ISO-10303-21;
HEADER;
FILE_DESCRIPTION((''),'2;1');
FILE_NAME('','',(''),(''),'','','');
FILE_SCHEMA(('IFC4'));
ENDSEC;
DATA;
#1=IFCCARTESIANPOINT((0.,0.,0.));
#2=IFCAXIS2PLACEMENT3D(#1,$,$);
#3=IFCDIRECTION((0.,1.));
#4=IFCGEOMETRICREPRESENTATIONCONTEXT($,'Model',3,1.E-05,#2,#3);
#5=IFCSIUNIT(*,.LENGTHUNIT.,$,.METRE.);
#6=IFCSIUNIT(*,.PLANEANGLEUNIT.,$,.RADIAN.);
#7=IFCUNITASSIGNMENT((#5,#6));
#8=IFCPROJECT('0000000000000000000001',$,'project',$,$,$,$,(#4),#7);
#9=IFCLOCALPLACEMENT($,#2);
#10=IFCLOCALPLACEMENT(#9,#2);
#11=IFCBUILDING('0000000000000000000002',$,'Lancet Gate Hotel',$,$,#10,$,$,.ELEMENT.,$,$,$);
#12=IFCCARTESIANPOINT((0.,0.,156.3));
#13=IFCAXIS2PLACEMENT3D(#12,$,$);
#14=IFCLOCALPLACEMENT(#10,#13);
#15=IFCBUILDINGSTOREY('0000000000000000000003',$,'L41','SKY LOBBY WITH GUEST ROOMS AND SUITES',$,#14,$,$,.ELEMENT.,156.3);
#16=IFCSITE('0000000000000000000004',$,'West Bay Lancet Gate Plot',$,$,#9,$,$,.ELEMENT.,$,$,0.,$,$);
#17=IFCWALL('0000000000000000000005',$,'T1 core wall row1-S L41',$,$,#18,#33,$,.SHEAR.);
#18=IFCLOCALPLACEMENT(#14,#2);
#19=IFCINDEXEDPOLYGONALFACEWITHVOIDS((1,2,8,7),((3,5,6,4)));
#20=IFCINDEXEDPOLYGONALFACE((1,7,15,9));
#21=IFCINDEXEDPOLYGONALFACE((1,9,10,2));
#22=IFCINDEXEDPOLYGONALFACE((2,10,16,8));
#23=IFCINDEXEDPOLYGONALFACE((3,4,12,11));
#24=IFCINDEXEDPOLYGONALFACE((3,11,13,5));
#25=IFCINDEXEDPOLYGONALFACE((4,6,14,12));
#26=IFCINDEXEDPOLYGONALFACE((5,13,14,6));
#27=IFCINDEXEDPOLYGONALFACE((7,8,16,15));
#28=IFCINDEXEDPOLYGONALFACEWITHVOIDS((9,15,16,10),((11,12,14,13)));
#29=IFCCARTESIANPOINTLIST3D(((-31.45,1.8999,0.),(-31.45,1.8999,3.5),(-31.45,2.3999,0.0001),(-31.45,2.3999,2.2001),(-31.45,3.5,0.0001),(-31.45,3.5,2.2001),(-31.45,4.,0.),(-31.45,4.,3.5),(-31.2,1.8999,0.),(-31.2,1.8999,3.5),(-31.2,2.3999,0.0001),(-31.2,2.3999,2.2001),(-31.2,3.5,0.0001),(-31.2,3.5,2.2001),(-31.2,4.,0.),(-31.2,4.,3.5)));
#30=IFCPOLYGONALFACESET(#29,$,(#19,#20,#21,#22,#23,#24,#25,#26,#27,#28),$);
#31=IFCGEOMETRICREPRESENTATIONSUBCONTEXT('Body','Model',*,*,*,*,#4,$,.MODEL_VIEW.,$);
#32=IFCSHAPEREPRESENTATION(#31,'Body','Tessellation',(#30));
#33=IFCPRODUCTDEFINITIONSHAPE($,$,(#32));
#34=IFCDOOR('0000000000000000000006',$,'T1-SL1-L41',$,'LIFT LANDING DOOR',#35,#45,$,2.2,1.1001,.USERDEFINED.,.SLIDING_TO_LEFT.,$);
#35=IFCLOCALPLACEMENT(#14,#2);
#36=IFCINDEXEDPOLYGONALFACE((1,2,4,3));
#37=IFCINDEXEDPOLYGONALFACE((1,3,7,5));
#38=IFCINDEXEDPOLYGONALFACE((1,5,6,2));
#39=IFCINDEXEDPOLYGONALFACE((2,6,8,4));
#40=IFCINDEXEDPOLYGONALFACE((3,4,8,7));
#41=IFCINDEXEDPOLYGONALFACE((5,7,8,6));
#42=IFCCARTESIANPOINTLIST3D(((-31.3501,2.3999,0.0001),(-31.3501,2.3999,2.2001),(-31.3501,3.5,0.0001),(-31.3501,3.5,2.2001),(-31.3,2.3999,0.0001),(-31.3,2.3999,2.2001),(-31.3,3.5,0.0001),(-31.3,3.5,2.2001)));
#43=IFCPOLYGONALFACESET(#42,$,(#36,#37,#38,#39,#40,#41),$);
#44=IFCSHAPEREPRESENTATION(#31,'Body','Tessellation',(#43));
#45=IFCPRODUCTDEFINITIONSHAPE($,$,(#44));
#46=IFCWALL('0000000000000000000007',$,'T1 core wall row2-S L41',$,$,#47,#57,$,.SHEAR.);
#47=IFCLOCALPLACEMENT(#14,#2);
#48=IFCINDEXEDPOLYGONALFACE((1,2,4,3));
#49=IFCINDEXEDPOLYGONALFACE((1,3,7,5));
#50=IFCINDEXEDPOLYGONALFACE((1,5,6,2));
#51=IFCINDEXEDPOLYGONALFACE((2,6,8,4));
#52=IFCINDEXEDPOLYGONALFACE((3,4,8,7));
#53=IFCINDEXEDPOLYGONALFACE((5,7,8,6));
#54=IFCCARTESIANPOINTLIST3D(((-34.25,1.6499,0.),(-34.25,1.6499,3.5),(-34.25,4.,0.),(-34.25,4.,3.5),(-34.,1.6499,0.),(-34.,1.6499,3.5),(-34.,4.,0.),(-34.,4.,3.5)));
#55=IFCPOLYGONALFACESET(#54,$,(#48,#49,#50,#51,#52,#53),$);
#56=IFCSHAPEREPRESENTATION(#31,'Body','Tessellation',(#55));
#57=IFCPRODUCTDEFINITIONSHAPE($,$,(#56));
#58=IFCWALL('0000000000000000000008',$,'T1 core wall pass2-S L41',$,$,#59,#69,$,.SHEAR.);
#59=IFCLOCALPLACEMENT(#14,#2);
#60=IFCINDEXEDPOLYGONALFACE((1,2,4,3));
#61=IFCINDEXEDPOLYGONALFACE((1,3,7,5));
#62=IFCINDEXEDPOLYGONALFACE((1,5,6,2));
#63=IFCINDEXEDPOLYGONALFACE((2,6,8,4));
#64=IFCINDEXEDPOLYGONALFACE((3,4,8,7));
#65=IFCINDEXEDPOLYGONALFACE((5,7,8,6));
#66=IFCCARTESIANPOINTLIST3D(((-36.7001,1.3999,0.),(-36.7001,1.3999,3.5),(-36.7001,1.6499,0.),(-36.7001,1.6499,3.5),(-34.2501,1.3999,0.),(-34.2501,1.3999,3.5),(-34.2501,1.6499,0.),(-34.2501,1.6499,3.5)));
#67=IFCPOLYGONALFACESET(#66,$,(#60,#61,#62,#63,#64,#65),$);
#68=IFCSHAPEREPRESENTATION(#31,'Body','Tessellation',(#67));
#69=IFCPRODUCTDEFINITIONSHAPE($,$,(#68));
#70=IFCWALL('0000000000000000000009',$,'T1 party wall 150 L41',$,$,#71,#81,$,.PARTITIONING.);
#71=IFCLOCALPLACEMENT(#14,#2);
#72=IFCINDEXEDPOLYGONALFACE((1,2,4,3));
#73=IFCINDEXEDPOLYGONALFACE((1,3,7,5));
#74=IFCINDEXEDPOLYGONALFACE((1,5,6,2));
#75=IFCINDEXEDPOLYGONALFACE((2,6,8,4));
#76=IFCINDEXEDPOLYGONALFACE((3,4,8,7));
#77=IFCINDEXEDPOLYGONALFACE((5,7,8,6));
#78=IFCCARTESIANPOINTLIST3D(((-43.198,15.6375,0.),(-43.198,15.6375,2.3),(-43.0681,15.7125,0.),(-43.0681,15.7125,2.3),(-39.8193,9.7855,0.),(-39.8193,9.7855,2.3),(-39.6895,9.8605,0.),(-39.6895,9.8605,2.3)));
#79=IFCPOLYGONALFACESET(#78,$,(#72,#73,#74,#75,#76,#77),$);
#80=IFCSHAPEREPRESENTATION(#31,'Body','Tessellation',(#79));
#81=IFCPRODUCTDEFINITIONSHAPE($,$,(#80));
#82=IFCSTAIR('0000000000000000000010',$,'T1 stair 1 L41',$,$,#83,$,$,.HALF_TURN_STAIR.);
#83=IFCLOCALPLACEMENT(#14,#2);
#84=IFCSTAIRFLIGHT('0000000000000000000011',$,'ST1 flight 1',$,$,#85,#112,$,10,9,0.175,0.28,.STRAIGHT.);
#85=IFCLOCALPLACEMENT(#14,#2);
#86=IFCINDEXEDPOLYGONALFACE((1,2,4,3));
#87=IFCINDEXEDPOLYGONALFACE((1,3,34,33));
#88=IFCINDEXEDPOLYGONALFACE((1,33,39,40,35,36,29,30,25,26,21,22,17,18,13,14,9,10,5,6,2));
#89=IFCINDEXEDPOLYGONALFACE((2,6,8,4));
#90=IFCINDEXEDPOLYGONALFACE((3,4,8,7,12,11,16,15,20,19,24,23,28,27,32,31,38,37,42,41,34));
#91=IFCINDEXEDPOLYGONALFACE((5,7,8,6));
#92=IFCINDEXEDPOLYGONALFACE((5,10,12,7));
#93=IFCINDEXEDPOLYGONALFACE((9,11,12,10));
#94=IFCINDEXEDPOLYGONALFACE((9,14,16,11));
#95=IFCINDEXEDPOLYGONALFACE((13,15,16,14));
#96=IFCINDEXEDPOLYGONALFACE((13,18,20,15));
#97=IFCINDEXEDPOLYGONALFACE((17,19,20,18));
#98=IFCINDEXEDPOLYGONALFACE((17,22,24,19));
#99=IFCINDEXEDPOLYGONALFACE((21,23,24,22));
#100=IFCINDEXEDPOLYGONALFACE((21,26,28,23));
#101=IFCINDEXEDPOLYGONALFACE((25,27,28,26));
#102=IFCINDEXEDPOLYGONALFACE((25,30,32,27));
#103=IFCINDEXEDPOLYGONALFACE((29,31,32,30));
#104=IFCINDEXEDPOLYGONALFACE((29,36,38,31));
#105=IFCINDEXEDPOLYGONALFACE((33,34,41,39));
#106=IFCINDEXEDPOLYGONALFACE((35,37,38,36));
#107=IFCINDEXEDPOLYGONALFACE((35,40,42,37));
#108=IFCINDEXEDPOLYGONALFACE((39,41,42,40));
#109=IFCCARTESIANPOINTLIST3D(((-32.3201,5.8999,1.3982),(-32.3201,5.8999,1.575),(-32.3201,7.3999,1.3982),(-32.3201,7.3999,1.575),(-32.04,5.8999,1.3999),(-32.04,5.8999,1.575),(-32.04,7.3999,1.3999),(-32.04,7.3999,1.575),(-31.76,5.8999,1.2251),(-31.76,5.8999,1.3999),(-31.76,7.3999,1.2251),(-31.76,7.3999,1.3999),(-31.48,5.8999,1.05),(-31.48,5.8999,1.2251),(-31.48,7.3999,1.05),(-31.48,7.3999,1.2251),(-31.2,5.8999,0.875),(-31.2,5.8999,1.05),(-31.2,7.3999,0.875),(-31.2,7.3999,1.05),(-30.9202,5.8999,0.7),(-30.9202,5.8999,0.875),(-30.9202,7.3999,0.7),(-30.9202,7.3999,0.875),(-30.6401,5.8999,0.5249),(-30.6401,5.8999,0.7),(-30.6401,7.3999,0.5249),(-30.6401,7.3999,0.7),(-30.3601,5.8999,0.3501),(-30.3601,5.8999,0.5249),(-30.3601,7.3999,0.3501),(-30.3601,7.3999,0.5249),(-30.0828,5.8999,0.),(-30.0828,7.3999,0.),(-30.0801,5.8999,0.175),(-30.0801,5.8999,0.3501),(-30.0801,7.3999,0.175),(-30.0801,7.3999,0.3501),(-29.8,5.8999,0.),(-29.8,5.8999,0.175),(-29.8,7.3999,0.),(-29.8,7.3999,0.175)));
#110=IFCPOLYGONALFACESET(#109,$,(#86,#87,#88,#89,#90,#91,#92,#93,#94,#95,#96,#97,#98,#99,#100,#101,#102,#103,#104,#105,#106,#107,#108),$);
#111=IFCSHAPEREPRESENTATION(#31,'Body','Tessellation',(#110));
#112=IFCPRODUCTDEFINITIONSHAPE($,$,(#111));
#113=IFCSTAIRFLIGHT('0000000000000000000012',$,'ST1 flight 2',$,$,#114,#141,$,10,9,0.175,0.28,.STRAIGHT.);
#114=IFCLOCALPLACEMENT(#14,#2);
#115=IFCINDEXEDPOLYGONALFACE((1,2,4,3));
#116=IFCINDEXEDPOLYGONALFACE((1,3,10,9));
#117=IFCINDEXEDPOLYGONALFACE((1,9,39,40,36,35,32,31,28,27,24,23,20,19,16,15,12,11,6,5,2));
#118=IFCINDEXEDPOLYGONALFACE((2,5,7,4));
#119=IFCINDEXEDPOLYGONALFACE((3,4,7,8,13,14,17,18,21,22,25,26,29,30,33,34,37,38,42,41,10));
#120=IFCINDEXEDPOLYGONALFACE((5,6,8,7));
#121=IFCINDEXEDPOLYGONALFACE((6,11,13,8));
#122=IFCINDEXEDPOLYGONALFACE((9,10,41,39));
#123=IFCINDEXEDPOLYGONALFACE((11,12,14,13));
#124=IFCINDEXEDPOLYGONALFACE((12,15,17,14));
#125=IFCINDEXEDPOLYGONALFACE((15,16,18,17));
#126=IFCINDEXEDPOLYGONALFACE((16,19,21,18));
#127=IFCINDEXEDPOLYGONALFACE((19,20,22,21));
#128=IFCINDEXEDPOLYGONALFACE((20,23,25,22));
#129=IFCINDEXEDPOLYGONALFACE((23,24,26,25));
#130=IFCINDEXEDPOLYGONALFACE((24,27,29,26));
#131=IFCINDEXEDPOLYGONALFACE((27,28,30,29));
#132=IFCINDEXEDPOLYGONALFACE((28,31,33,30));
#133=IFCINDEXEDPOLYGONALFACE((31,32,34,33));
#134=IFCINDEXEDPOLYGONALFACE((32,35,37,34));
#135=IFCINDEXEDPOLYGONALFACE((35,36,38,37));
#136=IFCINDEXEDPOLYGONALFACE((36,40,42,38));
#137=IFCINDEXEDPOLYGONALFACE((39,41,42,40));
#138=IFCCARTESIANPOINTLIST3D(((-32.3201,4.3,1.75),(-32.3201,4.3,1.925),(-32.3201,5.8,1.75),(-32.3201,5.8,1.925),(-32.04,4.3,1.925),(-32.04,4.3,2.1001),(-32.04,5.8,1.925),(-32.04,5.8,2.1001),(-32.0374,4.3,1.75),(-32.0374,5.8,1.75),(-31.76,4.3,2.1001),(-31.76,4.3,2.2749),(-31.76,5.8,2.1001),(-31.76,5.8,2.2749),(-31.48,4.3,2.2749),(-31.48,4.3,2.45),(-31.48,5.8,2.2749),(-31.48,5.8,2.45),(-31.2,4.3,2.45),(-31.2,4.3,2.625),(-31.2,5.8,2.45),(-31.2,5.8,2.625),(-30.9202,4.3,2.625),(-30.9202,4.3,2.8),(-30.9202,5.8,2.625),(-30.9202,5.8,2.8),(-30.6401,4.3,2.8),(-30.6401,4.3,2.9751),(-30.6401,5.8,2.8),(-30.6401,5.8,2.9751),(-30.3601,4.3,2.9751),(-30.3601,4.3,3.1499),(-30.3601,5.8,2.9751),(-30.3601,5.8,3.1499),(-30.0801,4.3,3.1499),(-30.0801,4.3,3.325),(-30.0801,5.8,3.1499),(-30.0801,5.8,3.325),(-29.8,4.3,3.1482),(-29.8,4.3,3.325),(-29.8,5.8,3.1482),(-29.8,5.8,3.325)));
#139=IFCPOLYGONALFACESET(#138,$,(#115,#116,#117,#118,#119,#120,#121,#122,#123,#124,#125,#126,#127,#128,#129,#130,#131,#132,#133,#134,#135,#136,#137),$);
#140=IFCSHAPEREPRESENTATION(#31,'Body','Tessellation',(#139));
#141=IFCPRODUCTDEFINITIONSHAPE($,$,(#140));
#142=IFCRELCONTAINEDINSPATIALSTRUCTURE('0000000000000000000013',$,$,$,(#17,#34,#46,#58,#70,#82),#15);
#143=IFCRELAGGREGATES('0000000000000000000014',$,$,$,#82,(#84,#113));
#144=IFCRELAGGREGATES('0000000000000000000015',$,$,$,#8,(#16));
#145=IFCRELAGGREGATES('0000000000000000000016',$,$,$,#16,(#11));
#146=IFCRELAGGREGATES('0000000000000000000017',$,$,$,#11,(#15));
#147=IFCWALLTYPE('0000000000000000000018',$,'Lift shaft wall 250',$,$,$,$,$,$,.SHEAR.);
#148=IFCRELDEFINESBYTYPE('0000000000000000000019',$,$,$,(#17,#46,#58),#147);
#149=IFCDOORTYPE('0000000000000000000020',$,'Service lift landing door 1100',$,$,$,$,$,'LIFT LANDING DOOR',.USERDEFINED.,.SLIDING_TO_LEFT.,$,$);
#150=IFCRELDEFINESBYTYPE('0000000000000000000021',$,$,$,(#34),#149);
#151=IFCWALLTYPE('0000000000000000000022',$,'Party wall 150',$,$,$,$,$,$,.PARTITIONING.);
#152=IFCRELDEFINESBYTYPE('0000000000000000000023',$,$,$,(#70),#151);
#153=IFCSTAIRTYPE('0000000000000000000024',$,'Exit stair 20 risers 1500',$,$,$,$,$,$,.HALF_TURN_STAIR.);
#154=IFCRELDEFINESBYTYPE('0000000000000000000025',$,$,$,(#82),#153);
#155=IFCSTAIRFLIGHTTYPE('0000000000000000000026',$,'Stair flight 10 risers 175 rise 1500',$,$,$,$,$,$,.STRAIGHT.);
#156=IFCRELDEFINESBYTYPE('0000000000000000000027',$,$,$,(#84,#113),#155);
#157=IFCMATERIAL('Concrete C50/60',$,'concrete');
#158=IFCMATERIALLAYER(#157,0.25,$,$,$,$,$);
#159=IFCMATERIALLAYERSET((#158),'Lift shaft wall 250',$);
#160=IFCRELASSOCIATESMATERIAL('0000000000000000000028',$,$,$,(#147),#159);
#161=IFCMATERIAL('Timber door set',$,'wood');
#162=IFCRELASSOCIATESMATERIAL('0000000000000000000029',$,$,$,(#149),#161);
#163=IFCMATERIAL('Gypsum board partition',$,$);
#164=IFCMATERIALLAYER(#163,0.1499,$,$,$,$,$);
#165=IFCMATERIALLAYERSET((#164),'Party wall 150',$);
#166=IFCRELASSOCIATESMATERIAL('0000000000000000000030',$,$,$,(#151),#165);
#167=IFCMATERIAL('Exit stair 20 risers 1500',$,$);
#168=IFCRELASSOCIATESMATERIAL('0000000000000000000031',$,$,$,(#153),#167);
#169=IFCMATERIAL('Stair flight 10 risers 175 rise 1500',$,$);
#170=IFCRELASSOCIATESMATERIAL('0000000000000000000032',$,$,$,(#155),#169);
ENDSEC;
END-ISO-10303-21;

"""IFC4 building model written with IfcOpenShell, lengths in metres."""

from ifc_helpers import new_model, si_unit, direction, frame, frame_2d, origin, place, context, subcontext, project, spatial, polyline, rectangle, outline, extrude, material, layer, layer_set, type_object, element, fill, aggregate, save


model = new_model("IFC4")

# Units and contexts
model_context = context("Model", 3, precision=1e-05, world=origin(), true_north=direction((0.0, 1.0)))
body_context = subcontext(model_context, "Body", "Model", "MODEL_VIEW")
ifc_project = project(units=[si_unit("LENGTHUNIT", "METRE"), si_unit("PLANEANGLEUNIT", "RADIAN")], contexts=[model_context])

# Site, building, storey
site_placement = place(None, origin())
site = spatial("IfcSite", under=ifc_project, at=site_placement, Name="West Bay Lancet Gate Plot", CompositionType="ELEMENT", RefElevation=0.0)
building_placement = place(site_placement, origin())
building = spatial("IfcBuilding", under=site, at=building_placement, Name="Lancet Gate Hotel", CompositionType="ELEMENT")
storey_placement = place(building_placement, frame((0.0, 0.0, 156.3)))
storey = spatial("IfcBuildingStorey", under=building, at=storey_placement, Name="L41", Description="SKY LOBBY WITH GUEST ROOMS AND SUITES", CompositionType="ELEMENT", Elevation=156.3)

# Wall, opening, door
ifc_material_1 = material(Name="Concrete C50/60", Category="concrete")
ifc_layer_1 = layer(ifc_material_1, 0.25)
ifc_layer_set_1 = layer_set([ifc_layer_1], Name="Lift shaft wall 250")
wall_type_1 = type_object("IfcWallType", Name="Lift shaft wall 250", PredefinedType="SHEAR", material=ifc_layer_set_1)
wall_1_placement = place(storey_placement, frame((-31.325, 4.0, 0.0), z_axis=(0.0, 0.0, 1.0), x_axis=(0.0, -1.0, 0.0)))
wall_1 = element("IfcWall", 1, at=wall_1_placement, inside=storey, type_object=wall_type_1, Name="T1 core wall row1-S L41", PredefinedType="SHEAR", context=body_context, shape_type="SweptSolid", body=[
    extrude(rectangle(XDim=2.1001, YDim=0.25, at=frame_2d((1.05, 0.0))), origin(), (0.0, 0.0, 1.0), 3.5),
])
opening_1_placement = place(wall_1_placement, frame((0.5, 0.0, 0.0)))
opening_1 = element("IfcOpeningElement", 2, at=opening_1_placement, cuts=wall_1, PredefinedType="OPENING", context=body_context, shape_type="SweptSolid", body=[
    extrude(rectangle(XDim=1.1001, YDim=2.2, at=frame_2d((0.55, 1.1001))), frame((0.0, 0.135, 0.0), z_axis=(0.0, -1.0, 0.0), x_axis=(1.0, 0.0, 0.0)), (0.0, 0.0, 1.0), 0.27),
])
ifc_material_2 = material(Name="Timber door set", Category="wood")
door_type_1 = type_object("IfcDoorType", Name="Service lift landing door 1100", ElementType="LIFT LANDING DOOR", OperationType="SLIDING_TO_LEFT", PredefinedType="USERDEFINED", material=ifc_material_2)
door_1_placement = place(opening_1_placement, origin())
door_1 = element("IfcDoor", 3, at=door_1_placement, inside=storey, type_object=door_type_1, Name="T1-SL1-L41", ObjectType="LIFT LANDING DOOR", OperationType="SLIDING_TO_LEFT", OverallHeight=2.2, OverallWidth=1.1001, PredefinedType="USERDEFINED", context=body_context, shape_type="SweptSolid", body=[
    extrude(rectangle(XDim=1.1001, YDim=2.2, at=frame_2d((0.55, 1.1001))), frame((0.0, 0.0249, 0.0), z_axis=(0.0, -1.0, 0.0), x_axis=(1.0, 0.0, 0.0)), (0.0, 0.0, 1.0), 0.05),
])
fill(opening_1, door_1)

# Walls
wall_2_placement = place(storey_placement, frame((-34.125, 4.0, 0.0), z_axis=(0.0, 0.0, 1.0), x_axis=(0.0, -1.0, 0.0)))
element("IfcWall", 4, at=wall_2_placement, inside=storey, type_object=wall_type_1, Name="T1 core wall row2-S L41", PredefinedType="SHEAR", context=body_context, shape_type="SweptSolid", body=[
    extrude(rectangle(XDim=2.3501, YDim=0.25, at=frame_2d((1.175, 0.0))), origin(), (0.0, 0.0, 1.0), 3.5),
])
wall_3_placement = place(storey_placement, frame((-34.25, 1.5249, 0.0), z_axis=(0.0, 0.0, 1.0), x_axis=(-1.0, 0.0, 0.0)))
element("IfcWall", 5, at=wall_3_placement, inside=storey, type_object=wall_type_1, Name="T1 core wall pass2-S L41", PredefinedType="SHEAR", context=body_context, shape_type="SweptSolid", body=[
    extrude(rectangle(XDim=2.45, YDim=0.25, at=frame_2d((1.2251, 0.0))), origin(), (0.0, 0.0, 1.0), 3.5),
])
ifc_material_3 = material(Name="Gypsum board partition")
ifc_layer_2 = layer(ifc_material_3, 0.1499)
ifc_layer_set_2 = layer_set([ifc_layer_2], Name="Party wall 150")
wall_type_2 = type_object("IfcWallType", Name="Party wall 150", PredefinedType="PARTITIONING", material=ifc_layer_set_2)
wall_4_placement = place(storey_placement, frame((-39.7544, 9.823, 0.0), z_axis=(0.0, 0.0, 1.0), x_axis=(-0.499998, 0.866027, 0.0)))
element("IfcWall", 6, at=wall_4_placement, inside=storey, type_object=wall_type_2, Name="T1 party wall 150 L41", PredefinedType="PARTITIONING", context=body_context, shape_type="SweptSolid", body=[
    extrude(rectangle(XDim=6.7573, YDim=0.1499, at=frame_2d((3.3787, 0.0))), origin(), (0.0, 0.0, 1.0), 2.3),
])

# Stair, stair flights
ifc_material_4 = material(Name="Exit stair 20 risers 1500")
stair_type = type_object("IfcStairType", Name="Exit stair 20 risers 1500", PredefinedType="HALF_TURN_STAIR", material=ifc_material_4)
stair_placement = place(storey_placement, origin())
stair = element("IfcStair", 7, at=stair_placement, inside=storey, type_object=stair_type, Name="T1 stair 1 L41", PredefinedType="HALF_TURN_STAIR")
ifc_material_5 = material(Name="Stair flight 10 risers 175 rise 1500")
stair_flight_type = type_object("IfcStairFlightType", Name="Stair flight 10 risers 175 rise 1500", PredefinedType="STRAIGHT", material=ifc_material_5)
stair_flight_1_placement = place(storey_placement, frame((-29.8, 6.6499, 0.0), z_axis=(0.0, 0.0, 1.0), x_axis=(-1.0, 0.0, 0.0)))
stair_flight_1 = element("IfcStairFlight", 8, at=stair_flight_1_placement, type_object=stair_flight_type, Name="ST1 flight 1", NumberOfRisers=10, NumberOfTreads=9, PredefinedType="STRAIGHT", RiserHeight=0.175, TreadLength=0.28, context=body_context, shape_type="SweptSolid", body=[
    extrude(outline(polyline([(0.0, 0.0), (0.0, 0.175), (0.28, 0.175), (0.28, 0.3501), (0.5601, 0.3501), (0.5601, 0.5249), (0.8401, 0.5249), (0.8401, 0.7), (1.1201, 0.7), (1.1201, 0.875), (1.3999, 0.875), (1.3999, 1.05), (1.6799, 1.05), (1.6799, 1.2251), (1.96, 1.2251), (1.96, 1.3999), (2.24, 1.3999), (2.24, 1.575), (2.52, 1.575), (2.52, 1.75), (2.52, 1.3982), (0.2827, 0.0), (0.0, 0.0)])), frame((0.0, 0.75, 0.0), z_axis=(0.0, -1.0, 0.0), x_axis=(1.0, 0.0, 0.0)), (0.0, 0.0, 1.0), 1.5),
])
stair_flight_2_placement = place(storey_placement, frame((-32.3201, 5.05, 1.75), z_axis=(0.0, 0.0, 1.0), x_axis=(1.0, 0.0, 0.0)))
stair_flight_2 = element("IfcStairFlight", 9, at=stair_flight_2_placement, type_object=stair_flight_type, Name="ST1 flight 2", NumberOfRisers=10, NumberOfTreads=9, PredefinedType="STRAIGHT", RiserHeight=0.175, TreadLength=0.28, context=body_context, shape_type="SweptSolid", body=[
    extrude(outline(polyline([(0.0, 0.0), (0.0, 0.175), (0.28, 0.175), (0.28, 0.3501), (0.5601, 0.3501), (0.5601, 0.5249), (0.8401, 0.5249), (0.8401, 0.7), (1.1201, 0.7), (1.1201, 0.875), (1.3999, 0.875), (1.3999, 1.05), (1.6799, 1.05), (1.6799, 1.2251), (1.96, 1.2251), (1.96, 1.3999), (2.24, 1.3999), (2.24, 1.575), (2.52, 1.575), (2.52, 1.75), (2.52, 1.3982), (0.2827, 0.0), (0.0, 0.0)])), frame((0.0, 0.75, 0.0), z_axis=(0.0, -1.0, 0.0), x_axis=(1.0, 0.0, 0.0)), (0.0, 0.0, 1.0), 1.5),
])
aggregate(stair, [stair_flight_1, stair_flight_2])

save(model, "model.ifc")
